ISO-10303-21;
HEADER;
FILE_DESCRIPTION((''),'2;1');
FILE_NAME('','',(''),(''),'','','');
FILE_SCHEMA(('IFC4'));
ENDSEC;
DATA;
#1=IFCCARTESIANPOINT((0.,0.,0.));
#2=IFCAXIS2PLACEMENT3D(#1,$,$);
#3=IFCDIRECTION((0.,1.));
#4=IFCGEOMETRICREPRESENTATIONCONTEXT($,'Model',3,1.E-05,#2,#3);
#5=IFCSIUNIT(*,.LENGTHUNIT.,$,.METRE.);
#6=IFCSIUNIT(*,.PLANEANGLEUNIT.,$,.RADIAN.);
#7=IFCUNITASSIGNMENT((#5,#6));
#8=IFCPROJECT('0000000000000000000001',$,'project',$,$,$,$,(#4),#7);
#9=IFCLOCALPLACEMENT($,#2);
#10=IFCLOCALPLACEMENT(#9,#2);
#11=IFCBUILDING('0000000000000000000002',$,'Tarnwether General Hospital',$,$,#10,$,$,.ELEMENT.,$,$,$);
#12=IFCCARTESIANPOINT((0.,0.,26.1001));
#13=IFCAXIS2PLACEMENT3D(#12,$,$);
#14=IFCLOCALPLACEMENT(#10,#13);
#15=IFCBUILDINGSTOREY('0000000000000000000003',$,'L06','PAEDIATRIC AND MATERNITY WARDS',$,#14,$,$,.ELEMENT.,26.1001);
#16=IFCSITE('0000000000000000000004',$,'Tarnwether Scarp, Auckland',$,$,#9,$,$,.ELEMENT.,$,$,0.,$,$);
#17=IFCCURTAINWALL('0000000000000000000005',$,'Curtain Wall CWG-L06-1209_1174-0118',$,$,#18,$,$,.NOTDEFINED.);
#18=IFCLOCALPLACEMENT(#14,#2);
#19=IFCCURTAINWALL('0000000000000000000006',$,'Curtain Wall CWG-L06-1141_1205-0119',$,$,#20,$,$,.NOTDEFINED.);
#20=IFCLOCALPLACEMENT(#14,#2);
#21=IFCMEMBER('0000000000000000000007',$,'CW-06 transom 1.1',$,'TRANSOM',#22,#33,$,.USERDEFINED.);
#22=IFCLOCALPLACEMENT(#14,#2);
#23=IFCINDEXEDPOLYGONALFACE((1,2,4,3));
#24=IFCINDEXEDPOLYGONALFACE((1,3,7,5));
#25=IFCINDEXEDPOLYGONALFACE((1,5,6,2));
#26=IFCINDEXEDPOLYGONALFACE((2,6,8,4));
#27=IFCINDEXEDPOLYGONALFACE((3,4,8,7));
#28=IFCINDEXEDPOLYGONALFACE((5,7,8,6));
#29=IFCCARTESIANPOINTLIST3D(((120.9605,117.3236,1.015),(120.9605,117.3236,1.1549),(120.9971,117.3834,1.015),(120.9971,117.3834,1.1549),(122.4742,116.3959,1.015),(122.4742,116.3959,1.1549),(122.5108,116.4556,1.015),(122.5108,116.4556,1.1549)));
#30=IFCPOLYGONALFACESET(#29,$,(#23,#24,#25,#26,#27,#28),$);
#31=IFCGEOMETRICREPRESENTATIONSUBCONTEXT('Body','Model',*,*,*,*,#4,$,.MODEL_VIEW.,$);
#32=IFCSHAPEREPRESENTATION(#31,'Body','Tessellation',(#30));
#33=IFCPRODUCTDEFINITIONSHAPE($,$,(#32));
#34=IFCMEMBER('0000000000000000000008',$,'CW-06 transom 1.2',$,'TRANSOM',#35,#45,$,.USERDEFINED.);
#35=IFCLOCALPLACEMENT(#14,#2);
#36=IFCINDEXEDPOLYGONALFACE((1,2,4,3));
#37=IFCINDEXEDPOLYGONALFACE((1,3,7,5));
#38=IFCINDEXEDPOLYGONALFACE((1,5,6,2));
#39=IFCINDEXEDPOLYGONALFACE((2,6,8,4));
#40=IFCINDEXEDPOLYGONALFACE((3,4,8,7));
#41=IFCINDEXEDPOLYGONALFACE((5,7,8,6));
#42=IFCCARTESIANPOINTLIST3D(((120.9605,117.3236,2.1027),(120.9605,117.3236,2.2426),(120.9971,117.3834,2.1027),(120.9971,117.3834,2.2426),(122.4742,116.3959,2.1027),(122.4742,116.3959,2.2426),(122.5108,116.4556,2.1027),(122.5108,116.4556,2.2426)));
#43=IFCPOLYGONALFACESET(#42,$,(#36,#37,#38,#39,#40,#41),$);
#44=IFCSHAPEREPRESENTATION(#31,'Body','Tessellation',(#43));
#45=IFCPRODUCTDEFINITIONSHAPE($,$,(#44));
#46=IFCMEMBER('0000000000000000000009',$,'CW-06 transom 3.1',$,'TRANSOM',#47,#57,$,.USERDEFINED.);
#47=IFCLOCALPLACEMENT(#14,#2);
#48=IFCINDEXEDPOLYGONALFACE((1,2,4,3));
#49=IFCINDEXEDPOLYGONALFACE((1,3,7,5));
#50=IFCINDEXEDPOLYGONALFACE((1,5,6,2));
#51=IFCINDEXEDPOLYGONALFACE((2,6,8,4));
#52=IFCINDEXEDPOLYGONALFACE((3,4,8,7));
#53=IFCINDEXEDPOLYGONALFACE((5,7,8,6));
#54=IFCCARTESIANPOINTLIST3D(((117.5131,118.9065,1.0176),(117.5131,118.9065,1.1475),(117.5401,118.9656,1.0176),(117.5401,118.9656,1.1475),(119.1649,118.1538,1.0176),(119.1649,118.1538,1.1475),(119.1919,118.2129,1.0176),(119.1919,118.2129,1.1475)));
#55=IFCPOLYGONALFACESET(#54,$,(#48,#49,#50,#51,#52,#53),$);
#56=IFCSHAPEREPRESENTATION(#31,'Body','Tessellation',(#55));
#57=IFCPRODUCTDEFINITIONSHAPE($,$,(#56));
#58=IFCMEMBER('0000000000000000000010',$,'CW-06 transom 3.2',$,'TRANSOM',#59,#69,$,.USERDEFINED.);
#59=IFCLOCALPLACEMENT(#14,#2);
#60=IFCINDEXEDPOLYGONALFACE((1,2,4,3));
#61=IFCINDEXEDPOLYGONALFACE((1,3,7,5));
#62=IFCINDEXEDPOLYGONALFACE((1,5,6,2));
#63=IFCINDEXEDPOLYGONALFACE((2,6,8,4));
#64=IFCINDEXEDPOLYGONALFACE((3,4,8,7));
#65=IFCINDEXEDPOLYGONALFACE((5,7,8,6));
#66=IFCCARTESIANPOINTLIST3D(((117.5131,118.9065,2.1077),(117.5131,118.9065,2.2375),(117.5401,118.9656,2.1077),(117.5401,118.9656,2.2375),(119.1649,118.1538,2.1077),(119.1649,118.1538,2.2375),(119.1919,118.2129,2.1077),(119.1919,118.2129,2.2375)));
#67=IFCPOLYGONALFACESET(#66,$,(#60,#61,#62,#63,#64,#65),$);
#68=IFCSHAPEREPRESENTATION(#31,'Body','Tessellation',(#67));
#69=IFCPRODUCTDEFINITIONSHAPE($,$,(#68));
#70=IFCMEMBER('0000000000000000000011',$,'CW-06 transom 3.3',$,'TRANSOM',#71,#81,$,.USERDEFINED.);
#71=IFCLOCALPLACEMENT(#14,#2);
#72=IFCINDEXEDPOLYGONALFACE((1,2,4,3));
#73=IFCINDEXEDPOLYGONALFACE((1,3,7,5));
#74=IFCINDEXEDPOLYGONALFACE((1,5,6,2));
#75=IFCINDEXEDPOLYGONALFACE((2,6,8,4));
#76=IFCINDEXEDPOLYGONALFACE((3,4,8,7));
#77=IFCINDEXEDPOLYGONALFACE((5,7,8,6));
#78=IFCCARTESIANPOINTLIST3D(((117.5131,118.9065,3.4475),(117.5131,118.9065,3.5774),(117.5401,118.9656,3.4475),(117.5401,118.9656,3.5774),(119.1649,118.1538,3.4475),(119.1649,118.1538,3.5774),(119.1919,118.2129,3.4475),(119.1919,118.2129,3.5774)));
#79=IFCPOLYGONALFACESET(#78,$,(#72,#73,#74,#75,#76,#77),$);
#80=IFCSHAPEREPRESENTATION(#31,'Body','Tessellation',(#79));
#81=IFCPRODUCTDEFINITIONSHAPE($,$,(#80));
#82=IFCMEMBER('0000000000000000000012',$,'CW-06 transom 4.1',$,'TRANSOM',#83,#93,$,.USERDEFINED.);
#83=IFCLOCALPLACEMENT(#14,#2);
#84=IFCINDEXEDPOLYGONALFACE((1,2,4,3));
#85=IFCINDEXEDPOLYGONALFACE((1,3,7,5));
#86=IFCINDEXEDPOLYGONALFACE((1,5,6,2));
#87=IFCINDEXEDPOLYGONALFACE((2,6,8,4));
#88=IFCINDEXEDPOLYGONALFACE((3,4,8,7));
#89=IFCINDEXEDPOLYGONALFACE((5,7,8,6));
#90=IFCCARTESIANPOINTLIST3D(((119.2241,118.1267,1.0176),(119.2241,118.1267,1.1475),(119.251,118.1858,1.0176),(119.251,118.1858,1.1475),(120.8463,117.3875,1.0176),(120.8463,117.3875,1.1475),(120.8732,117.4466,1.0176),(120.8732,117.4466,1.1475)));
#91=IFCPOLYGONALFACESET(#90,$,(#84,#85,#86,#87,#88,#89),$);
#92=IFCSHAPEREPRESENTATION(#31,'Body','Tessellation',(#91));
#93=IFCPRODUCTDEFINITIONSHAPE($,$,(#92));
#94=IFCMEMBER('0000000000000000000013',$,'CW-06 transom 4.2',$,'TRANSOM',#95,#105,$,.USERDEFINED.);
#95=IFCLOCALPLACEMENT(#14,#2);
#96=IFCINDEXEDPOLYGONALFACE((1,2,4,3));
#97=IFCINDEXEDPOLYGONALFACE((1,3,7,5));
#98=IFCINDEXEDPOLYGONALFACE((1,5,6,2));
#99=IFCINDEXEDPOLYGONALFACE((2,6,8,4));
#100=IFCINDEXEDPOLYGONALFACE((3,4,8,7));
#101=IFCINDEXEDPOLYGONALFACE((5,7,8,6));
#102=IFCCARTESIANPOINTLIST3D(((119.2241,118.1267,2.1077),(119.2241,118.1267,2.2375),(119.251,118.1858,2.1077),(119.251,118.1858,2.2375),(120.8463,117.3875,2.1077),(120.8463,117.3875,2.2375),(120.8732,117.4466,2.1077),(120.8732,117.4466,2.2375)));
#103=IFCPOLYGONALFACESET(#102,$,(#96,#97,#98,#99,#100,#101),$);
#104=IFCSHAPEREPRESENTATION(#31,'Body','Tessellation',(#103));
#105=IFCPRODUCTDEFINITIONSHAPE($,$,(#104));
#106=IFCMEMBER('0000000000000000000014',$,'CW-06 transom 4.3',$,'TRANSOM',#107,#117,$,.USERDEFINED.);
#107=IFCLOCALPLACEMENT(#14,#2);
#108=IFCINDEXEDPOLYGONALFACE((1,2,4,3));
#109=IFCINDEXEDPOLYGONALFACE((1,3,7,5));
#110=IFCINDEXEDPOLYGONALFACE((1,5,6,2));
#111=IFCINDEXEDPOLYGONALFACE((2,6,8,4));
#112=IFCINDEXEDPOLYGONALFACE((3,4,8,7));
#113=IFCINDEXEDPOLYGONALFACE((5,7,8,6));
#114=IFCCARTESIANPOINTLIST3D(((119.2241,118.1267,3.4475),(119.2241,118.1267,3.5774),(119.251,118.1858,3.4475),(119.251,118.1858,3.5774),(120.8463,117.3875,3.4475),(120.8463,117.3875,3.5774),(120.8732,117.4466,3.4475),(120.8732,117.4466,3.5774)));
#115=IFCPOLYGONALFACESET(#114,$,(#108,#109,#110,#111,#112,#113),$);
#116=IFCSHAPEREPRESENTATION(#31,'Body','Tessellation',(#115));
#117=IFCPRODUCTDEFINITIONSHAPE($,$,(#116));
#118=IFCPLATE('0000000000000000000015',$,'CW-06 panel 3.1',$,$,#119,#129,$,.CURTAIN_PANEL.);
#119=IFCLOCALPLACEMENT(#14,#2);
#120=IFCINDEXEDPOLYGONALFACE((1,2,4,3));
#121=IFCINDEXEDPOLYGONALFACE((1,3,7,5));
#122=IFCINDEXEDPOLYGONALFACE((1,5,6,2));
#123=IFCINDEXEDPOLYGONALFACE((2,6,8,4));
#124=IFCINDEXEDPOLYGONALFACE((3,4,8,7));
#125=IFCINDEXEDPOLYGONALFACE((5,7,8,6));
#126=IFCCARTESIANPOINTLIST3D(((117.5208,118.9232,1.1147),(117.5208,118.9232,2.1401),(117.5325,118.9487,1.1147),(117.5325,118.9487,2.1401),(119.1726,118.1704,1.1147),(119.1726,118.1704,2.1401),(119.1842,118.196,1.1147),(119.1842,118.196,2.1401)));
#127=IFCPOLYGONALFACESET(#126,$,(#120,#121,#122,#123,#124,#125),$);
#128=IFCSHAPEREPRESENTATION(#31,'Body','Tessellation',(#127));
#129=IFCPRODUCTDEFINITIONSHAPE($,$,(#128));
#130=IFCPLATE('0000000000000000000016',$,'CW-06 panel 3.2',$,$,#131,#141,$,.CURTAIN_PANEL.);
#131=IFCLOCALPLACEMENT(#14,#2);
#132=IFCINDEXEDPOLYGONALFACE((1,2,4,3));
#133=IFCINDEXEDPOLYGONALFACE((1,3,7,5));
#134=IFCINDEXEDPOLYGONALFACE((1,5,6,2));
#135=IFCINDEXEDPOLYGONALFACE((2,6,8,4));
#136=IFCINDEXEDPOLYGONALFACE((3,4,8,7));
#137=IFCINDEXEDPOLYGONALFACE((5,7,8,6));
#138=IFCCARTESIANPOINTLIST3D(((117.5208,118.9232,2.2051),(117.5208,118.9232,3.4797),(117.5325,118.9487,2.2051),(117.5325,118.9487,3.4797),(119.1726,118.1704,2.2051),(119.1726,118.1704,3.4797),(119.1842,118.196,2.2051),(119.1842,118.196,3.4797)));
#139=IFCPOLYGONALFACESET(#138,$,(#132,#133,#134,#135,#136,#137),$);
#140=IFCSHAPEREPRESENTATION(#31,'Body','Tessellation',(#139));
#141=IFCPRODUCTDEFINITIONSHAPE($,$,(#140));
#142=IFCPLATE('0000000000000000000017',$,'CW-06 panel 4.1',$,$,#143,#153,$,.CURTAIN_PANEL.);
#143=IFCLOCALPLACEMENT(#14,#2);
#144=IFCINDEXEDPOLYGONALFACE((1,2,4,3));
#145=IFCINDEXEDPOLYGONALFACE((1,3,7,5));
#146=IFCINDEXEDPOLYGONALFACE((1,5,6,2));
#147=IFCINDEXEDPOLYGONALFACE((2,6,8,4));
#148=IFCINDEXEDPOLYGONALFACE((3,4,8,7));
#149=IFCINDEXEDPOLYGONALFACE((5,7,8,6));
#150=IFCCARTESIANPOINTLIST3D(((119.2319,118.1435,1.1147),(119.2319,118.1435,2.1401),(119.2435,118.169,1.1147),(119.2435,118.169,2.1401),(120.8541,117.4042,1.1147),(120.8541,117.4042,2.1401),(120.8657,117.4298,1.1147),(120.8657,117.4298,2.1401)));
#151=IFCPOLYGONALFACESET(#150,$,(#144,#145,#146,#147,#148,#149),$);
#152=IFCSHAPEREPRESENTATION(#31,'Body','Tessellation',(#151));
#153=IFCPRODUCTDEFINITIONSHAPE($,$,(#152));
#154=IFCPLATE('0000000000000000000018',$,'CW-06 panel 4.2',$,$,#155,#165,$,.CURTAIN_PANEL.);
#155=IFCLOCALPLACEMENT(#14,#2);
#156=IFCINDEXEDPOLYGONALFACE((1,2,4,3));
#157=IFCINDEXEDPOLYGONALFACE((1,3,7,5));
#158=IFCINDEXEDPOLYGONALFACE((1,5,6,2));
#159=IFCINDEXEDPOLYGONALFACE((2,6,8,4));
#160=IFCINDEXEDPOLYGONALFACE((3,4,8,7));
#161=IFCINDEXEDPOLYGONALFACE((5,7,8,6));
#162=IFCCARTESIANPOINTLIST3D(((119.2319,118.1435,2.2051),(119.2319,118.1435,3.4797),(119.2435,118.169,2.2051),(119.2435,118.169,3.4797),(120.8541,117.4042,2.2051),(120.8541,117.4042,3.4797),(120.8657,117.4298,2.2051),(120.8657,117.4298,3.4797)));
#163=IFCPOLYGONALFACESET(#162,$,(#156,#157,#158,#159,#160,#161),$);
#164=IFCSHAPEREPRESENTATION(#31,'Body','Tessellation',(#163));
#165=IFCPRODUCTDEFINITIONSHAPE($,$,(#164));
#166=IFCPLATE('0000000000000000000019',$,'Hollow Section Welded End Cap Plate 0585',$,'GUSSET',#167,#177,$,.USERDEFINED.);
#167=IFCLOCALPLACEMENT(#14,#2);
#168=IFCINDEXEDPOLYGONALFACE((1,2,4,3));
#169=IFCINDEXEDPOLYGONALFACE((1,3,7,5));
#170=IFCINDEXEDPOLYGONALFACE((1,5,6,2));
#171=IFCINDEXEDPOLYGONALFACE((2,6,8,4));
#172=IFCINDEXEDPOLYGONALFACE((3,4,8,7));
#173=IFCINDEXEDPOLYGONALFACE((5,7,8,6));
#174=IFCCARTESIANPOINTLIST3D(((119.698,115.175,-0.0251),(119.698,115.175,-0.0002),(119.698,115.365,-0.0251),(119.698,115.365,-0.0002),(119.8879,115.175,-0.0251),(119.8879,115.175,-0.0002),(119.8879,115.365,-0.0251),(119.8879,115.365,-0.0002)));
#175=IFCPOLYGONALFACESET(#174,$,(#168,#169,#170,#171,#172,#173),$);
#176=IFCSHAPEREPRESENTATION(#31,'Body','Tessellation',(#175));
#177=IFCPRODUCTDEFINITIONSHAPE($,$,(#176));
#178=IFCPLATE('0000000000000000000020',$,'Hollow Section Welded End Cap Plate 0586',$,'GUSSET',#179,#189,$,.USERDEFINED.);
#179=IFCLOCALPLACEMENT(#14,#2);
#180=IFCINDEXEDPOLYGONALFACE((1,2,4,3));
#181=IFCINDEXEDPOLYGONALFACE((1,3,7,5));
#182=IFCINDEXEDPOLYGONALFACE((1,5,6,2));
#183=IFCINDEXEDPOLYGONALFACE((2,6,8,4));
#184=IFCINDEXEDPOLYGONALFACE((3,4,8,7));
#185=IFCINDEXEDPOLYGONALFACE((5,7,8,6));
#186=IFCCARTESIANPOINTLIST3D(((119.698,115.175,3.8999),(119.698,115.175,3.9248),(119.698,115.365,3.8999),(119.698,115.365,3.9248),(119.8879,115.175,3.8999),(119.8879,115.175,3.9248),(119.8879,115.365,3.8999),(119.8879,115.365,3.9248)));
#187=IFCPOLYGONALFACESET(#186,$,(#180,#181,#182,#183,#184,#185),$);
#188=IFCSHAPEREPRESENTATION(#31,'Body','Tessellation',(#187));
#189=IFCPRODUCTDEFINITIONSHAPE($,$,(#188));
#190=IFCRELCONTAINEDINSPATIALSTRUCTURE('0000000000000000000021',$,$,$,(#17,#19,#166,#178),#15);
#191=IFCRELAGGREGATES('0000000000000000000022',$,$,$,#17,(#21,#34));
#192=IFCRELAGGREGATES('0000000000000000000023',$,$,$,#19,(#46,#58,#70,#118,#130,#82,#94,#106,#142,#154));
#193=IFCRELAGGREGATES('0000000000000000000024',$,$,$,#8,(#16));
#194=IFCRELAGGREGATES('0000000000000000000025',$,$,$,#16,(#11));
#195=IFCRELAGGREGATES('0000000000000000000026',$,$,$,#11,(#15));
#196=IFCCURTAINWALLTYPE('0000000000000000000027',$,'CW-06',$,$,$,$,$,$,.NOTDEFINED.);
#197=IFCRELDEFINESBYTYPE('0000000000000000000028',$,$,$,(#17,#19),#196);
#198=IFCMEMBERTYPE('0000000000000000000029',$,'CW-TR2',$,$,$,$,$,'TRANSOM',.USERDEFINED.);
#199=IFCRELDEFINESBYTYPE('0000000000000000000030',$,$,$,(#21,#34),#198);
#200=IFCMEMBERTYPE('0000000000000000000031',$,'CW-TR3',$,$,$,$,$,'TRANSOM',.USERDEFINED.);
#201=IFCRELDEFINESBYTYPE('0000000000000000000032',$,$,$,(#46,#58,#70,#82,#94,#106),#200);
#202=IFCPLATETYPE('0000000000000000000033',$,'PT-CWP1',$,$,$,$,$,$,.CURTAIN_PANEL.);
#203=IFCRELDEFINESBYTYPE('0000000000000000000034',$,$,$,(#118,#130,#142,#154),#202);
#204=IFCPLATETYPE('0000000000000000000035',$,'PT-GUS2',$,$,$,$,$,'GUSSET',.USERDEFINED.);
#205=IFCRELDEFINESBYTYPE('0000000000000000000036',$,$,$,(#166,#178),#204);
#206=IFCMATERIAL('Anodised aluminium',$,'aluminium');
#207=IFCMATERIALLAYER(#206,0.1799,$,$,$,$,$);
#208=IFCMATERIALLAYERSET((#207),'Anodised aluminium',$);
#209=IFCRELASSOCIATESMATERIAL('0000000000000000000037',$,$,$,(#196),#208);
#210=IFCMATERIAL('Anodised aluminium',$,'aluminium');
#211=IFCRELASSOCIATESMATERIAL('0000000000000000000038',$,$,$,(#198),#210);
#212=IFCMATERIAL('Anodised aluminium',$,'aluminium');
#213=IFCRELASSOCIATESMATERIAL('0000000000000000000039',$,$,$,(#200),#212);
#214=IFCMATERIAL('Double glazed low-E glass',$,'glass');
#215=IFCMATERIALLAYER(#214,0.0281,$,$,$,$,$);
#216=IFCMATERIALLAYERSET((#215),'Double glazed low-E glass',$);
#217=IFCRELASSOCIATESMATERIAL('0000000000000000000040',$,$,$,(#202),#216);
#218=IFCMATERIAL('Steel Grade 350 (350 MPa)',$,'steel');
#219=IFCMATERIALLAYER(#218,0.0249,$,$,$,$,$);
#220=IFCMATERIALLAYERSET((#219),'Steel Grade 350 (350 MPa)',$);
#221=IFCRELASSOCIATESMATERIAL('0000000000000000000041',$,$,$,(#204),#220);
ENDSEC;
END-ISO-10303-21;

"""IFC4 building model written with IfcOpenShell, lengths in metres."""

from ifc_helpers import new_model, si_unit, direction, frame, origin, origin_2d, place, context, subcontext, project, spatial, rectangle, extrude, material, layer, layer_set, material_profile, profile_set, type_object, element, aggregate, save


model = new_model("IFC4")

# Units and contexts
model_context = context("Model", 3, precision=1e-05, world=origin(), true_north=direction((0.0, 1.0)))
body_context = subcontext(model_context, "Body", "Model", "MODEL_VIEW")
ifc_project = project(units=[si_unit("LENGTHUNIT", "METRE"), si_unit("PLANEANGLEUNIT", "RADIAN")], contexts=[model_context])

# Site, building, storey
site_placement = place(None, origin())
site = spatial("IfcSite", under=ifc_project, at=site_placement, Name="Tarnwether Scarp, Auckland", CompositionType="ELEMENT", RefElevation=0.0)
building_placement = place(site_placement, origin())
building = spatial("IfcBuilding", under=site, at=building_placement, Name="Tarnwether General Hospital", CompositionType="ELEMENT")
storey_placement = place(building_placement, frame((0.0, 0.0, 26.1001)))
storey = spatial("IfcBuildingStorey", under=building, at=storey_placement, Name="L06", Description="PAEDIATRIC AND MATERNITY WARDS", CompositionType="ELEMENT", Elevation=26.1001)

# Curtain wall
ifc_material_1 = material(Name="Anodised aluminium", Category="aluminium")
ifc_layer_1 = layer(ifc_material_1, 0.1799)
ifc_layer_set_1 = layer_set([ifc_layer_1], Name="Anodised aluminium")
curtain_wall_type = type_object("IfcCurtainWallType", Name="CW-06", PredefinedType="NOTDEFINED", material=ifc_layer_set_1)
curtain_wall_1_placement = place(storey_placement, origin())
curtain_wall_1 = element("IfcCurtainWall", 1, at=curtain_wall_1_placement, inside=storey, type_object=curtain_wall_type, Name="Curtain Wall CWG-L06-1209_1174-0118", PredefinedType="NOTDEFINED")

# Curtain wall
curtain_wall_2_placement = place(storey_placement, origin())
curtain_wall_2 = element("IfcCurtainWall", 2, at=curtain_wall_2_placement, inside=storey, type_object=curtain_wall_type, Name="Curtain Wall CWG-L06-1141_1205-0119", PredefinedType="NOTDEFINED")

# Members
ifc_material_2 = material(Name="Anodised aluminium", Category="aluminium")
ifc_material_profile_1 = material_profile(ifc_material_2, rectangle(XDim=0.0701, YDim=0.1399, at=origin_2d()), Name="ALU-TRN-70x140")
ifc_profile_set_1 = profile_set([ifc_material_profile_1], Name="Anodised aluminium")
member_type_1 = type_object("IfcMemberType", Name="CW-TR2", ElementType="TRANSOM", PredefinedType="USERDEFINED", material=ifc_profile_set_1)
member_1_placement = place(storey_placement, frame((120.9788, 117.3535, 1.085), z_axis=(0.852601, -0.522562, 0.0), x_axis=(0.522562, 0.852601, 0.0)))
member_1 = element("IfcMember", 3, at=member_1_placement, type_object=member_type_1, Name="CW-06 transom 1.1", ObjectType="TRANSOM", PredefinedType="USERDEFINED", context=body_context, shape_type="SweptSolid", body=[
    extrude(rectangle(XDim=0.0701, YDim=0.1399, at=origin_2d()), origin(), (0.0, 0.0, 1.0), 1.7754),
])
member_2_placement = place(storey_placement, frame((120.9788, 117.3535, 2.1726), z_axis=(0.852601, -0.522562, 0.0), x_axis=(0.522562, 0.852601, 0.0)))
member_2 = element("IfcMember", 4, at=member_2_placement, type_object=member_type_1, Name="CW-06 transom 1.2", ObjectType="TRANSOM", PredefinedType="USERDEFINED", context=body_context, shape_type="SweptSolid", body=[
    extrude(rectangle(XDim=0.0701, YDim=0.1399, at=origin_2d()), origin(), (0.0, 0.0, 1.0), 1.7754),
])
aggregate(curtain_wall_1, [member_1, member_2])
ifc_material_3 = material(Name="Anodised aluminium", Category="aluminium")
ifc_material_profile_2 = material_profile(ifc_material_3, rectangle(XDim=0.0649, YDim=0.1299, at=origin_2d()), Name="ALU-TRN-65x130")
ifc_profile_set_2 = profile_set([ifc_material_profile_2], Name="Anodised aluminium")
member_type_2 = type_object("IfcMemberType", Name="CW-TR3", ElementType="TRANSOM", PredefinedType="USERDEFINED", material=ifc_profile_set_2)
member_3_placement = place(storey_placement, frame((117.5266, 118.936, 1.0825), z_axis=(0.909984, -0.414644, 0.0), x_axis=(0.414644, 0.909984, 0.0)))
member_3 = element("IfcMember", 5, at=member_3_placement, type_object=member_type_2, Name="CW-06 transom 3.1", ObjectType="TRANSOM", PredefinedType="USERDEFINED", context=body_context, shape_type="SweptSolid", body=[
    extrude(rectangle(XDim=0.0649, YDim=0.1299, at=origin_2d()), origin(), (0.0, 0.0, 1.0), 1.8152),
])
member_4_placement = place(storey_placement, frame((117.5266, 118.936, 2.1726), z_axis=(0.909984, -0.414644, 0.0), x_axis=(0.414644, 0.909984, 0.0)))
member_4 = element("IfcMember", 6, at=member_4_placement, type_object=member_type_2, Name="CW-06 transom 3.2", ObjectType="TRANSOM", PredefinedType="USERDEFINED", context=body_context, shape_type="SweptSolid", body=[
    extrude(rectangle(XDim=0.0649, YDim=0.1299, at=origin_2d()), origin(), (0.0, 0.0, 1.0), 1.8152),
])
member_5_placement = place(storey_placement, frame((117.5266, 118.936, 3.5125), z_axis=(0.909984, -0.414644, 0.0), x_axis=(0.414644, 0.909984, 0.0)))
member_5 = element("IfcMember", 7, at=member_5_placement, type_object=member_type_2, Name="CW-06 transom 3.3", ObjectType="TRANSOM", PredefinedType="USERDEFINED", context=body_context, shape_type="SweptSolid", body=[
    extrude(rectangle(XDim=0.0649, YDim=0.1299, at=origin_2d()), origin(), (0.0, 0.0, 1.0), 1.8152),
])
member_6_placement = place(storey_placement, frame((119.2375, 118.1562, 1.0825), z_axis=(0.909977, -0.414659, 0.0), x_axis=(0.414659, 0.909977, 0.0)))
member_6 = element("IfcMember", 8, at=member_6_placement, type_object=member_type_2, Name="CW-06 transom 4.1", ObjectType="TRANSOM", PredefinedType="USERDEFINED", context=body_context, shape_type="SweptSolid", body=[
    extrude(rectangle(XDim=0.0649, YDim=0.1299, at=origin_2d()), origin(), (0.0, 0.0, 1.0), 1.7827),
])
member_7_placement = place(storey_placement, frame((119.2375, 118.1562, 2.1726), z_axis=(0.909977, -0.414659, 0.0), x_axis=(0.414659, 0.909977, 0.0)))
member_7 = element("IfcMember", 9, at=member_7_placement, type_object=member_type_2, Name="CW-06 transom 4.2", ObjectType="TRANSOM", PredefinedType="USERDEFINED", context=body_context, shape_type="SweptSolid", body=[
    extrude(rectangle(XDim=0.0649, YDim=0.1299, at=origin_2d()), origin(), (0.0, 0.0, 1.0), 1.7827),
])
member_8_placement = place(storey_placement, frame((119.2375, 118.1562, 3.5125), z_axis=(0.909977, -0.414659, 0.0), x_axis=(0.414659, 0.909977, 0.0)))
member_8 = element("IfcMember", 10, at=member_8_placement, type_object=member_type_2, Name="CW-06 transom 4.3", ObjectType="TRANSOM", PredefinedType="USERDEFINED", context=body_context, shape_type="SweptSolid", body=[
    extrude(rectangle(XDim=0.0649, YDim=0.1299, at=origin_2d()), origin(), (0.0, 0.0, 1.0), 1.7827),
])

# Plates
ifc_material_4 = material(Name="Double glazed low-E glass", Category="glass")
ifc_layer_2 = layer(ifc_material_4, 0.0281)
ifc_layer_set_2 = layer_set([ifc_layer_2], Name="Double glazed low-E glass")
plate_type_1 = type_object("IfcPlateType", Name="PT-CWP1", PredefinedType="CURTAIN_PANEL", material=ifc_layer_set_2)
plate_1_placement = place(storey_placement, frame((118.3525, 118.5596, 1.1147), z_axis=(0.0, 0.0, 1.0), x_axis=(0.909961, -0.414694, 0.0)))
plate_1 = element("IfcPlate", 11, at=plate_1_placement, type_object=plate_type_1, Name="CW-06 panel 3.1", PredefinedType="CURTAIN_PANEL", context=body_context, shape_type="SweptSolid", body=[
    extrude(rectangle(XDim=1.8152, YDim=0.0281, at=origin_2d()), origin(), (0.0, 0.0, 1.0), 1.0254),
])
plate_2_placement = place(storey_placement, frame((118.3525, 118.5596, 2.2051), z_axis=(0.0, 0.0, 1.0), x_axis=(0.909961, -0.414694, 0.0)))
plate_2 = element("IfcPlate", 12, at=plate_2_placement, type_object=plate_type_1, Name="CW-06 panel 3.2", PredefinedType="CURTAIN_PANEL", context=body_context, shape_type="SweptSolid", body=[
    extrude(rectangle(XDim=1.8152, YDim=0.0281, at=origin_2d()), origin(), (0.0, 0.0, 1.0), 1.2747),
])
plate_3_placement = place(storey_placement, frame((120.0488, 117.7866, 1.1147), z_axis=(0.0, 0.0, 1.0), x_axis=(0.909961, -0.414694, 0.0)))
plate_3 = element("IfcPlate", 13, at=plate_3_placement, type_object=plate_type_1, Name="CW-06 panel 4.1", PredefinedType="CURTAIN_PANEL", context=body_context, shape_type="SweptSolid", body=[
    extrude(rectangle(XDim=1.7827, YDim=0.0281, at=origin_2d()), origin(), (0.0, 0.0, 1.0), 1.0254),
])
plate_4_placement = place(storey_placement, frame((120.0488, 117.7866, 2.2051), z_axis=(0.0, 0.0, 1.0), x_axis=(0.909961, -0.414694, 0.0)))
plate_4 = element("IfcPlate", 14, at=plate_4_placement, type_object=plate_type_1, Name="CW-06 panel 4.2", PredefinedType="CURTAIN_PANEL", context=body_context, shape_type="SweptSolid", body=[
    extrude(rectangle(XDim=1.7827, YDim=0.0281, at=origin_2d()), origin(), (0.0, 0.0, 1.0), 1.2747),
])
aggregate(curtain_wall_2, [member_3, member_4, member_5, plate_1, plate_2, member_6, member_7, member_8, plate_3, plate_4])

# Plates
ifc_material_5 = material(Name="Steel Grade 350 (350 MPa)", Category="steel")
ifc_layer_3 = layer(ifc_material_5, 0.0249)
ifc_layer_set_3 = layer_set([ifc_layer_3], Name="Steel Grade 350 (350 MPa)")
plate_type_2 = type_object("IfcPlateType", Name="PT-GUS2", ElementType="GUSSET", PredefinedType="USERDEFINED", material=ifc_layer_set_3)
for number, where, z_axis, x_axis, name in (
    (15, (119.793, 115.27, -0.0251), (0.0, 0.0, 1.0), (1.0, 0.0, 0.0), "Hollow Section Welded End Cap Plate 0585"),
    (16, (119.793, 115.27, 3.8999), (0.0, 0.0, 1.0), (1.0, 0.0, 0.0), "Hollow Section Welded End Cap Plate 0586"),
):
    element("IfcPlate", number, at=place(storey_placement, frame(where, z_axis=z_axis, x_axis=x_axis)), inside=storey, type_object=plate_type_2, Name=name, ObjectType="GUSSET", PredefinedType="USERDEFINED", context=body_context, shape_type="SweptSolid", body=[
        extrude(rectangle(XDim=0.1899, YDim=0.1899, at=origin_2d()), origin(), (0.0, 0.0, 1.0), 0.0249),
    ])

save(model, "model.ifc")
